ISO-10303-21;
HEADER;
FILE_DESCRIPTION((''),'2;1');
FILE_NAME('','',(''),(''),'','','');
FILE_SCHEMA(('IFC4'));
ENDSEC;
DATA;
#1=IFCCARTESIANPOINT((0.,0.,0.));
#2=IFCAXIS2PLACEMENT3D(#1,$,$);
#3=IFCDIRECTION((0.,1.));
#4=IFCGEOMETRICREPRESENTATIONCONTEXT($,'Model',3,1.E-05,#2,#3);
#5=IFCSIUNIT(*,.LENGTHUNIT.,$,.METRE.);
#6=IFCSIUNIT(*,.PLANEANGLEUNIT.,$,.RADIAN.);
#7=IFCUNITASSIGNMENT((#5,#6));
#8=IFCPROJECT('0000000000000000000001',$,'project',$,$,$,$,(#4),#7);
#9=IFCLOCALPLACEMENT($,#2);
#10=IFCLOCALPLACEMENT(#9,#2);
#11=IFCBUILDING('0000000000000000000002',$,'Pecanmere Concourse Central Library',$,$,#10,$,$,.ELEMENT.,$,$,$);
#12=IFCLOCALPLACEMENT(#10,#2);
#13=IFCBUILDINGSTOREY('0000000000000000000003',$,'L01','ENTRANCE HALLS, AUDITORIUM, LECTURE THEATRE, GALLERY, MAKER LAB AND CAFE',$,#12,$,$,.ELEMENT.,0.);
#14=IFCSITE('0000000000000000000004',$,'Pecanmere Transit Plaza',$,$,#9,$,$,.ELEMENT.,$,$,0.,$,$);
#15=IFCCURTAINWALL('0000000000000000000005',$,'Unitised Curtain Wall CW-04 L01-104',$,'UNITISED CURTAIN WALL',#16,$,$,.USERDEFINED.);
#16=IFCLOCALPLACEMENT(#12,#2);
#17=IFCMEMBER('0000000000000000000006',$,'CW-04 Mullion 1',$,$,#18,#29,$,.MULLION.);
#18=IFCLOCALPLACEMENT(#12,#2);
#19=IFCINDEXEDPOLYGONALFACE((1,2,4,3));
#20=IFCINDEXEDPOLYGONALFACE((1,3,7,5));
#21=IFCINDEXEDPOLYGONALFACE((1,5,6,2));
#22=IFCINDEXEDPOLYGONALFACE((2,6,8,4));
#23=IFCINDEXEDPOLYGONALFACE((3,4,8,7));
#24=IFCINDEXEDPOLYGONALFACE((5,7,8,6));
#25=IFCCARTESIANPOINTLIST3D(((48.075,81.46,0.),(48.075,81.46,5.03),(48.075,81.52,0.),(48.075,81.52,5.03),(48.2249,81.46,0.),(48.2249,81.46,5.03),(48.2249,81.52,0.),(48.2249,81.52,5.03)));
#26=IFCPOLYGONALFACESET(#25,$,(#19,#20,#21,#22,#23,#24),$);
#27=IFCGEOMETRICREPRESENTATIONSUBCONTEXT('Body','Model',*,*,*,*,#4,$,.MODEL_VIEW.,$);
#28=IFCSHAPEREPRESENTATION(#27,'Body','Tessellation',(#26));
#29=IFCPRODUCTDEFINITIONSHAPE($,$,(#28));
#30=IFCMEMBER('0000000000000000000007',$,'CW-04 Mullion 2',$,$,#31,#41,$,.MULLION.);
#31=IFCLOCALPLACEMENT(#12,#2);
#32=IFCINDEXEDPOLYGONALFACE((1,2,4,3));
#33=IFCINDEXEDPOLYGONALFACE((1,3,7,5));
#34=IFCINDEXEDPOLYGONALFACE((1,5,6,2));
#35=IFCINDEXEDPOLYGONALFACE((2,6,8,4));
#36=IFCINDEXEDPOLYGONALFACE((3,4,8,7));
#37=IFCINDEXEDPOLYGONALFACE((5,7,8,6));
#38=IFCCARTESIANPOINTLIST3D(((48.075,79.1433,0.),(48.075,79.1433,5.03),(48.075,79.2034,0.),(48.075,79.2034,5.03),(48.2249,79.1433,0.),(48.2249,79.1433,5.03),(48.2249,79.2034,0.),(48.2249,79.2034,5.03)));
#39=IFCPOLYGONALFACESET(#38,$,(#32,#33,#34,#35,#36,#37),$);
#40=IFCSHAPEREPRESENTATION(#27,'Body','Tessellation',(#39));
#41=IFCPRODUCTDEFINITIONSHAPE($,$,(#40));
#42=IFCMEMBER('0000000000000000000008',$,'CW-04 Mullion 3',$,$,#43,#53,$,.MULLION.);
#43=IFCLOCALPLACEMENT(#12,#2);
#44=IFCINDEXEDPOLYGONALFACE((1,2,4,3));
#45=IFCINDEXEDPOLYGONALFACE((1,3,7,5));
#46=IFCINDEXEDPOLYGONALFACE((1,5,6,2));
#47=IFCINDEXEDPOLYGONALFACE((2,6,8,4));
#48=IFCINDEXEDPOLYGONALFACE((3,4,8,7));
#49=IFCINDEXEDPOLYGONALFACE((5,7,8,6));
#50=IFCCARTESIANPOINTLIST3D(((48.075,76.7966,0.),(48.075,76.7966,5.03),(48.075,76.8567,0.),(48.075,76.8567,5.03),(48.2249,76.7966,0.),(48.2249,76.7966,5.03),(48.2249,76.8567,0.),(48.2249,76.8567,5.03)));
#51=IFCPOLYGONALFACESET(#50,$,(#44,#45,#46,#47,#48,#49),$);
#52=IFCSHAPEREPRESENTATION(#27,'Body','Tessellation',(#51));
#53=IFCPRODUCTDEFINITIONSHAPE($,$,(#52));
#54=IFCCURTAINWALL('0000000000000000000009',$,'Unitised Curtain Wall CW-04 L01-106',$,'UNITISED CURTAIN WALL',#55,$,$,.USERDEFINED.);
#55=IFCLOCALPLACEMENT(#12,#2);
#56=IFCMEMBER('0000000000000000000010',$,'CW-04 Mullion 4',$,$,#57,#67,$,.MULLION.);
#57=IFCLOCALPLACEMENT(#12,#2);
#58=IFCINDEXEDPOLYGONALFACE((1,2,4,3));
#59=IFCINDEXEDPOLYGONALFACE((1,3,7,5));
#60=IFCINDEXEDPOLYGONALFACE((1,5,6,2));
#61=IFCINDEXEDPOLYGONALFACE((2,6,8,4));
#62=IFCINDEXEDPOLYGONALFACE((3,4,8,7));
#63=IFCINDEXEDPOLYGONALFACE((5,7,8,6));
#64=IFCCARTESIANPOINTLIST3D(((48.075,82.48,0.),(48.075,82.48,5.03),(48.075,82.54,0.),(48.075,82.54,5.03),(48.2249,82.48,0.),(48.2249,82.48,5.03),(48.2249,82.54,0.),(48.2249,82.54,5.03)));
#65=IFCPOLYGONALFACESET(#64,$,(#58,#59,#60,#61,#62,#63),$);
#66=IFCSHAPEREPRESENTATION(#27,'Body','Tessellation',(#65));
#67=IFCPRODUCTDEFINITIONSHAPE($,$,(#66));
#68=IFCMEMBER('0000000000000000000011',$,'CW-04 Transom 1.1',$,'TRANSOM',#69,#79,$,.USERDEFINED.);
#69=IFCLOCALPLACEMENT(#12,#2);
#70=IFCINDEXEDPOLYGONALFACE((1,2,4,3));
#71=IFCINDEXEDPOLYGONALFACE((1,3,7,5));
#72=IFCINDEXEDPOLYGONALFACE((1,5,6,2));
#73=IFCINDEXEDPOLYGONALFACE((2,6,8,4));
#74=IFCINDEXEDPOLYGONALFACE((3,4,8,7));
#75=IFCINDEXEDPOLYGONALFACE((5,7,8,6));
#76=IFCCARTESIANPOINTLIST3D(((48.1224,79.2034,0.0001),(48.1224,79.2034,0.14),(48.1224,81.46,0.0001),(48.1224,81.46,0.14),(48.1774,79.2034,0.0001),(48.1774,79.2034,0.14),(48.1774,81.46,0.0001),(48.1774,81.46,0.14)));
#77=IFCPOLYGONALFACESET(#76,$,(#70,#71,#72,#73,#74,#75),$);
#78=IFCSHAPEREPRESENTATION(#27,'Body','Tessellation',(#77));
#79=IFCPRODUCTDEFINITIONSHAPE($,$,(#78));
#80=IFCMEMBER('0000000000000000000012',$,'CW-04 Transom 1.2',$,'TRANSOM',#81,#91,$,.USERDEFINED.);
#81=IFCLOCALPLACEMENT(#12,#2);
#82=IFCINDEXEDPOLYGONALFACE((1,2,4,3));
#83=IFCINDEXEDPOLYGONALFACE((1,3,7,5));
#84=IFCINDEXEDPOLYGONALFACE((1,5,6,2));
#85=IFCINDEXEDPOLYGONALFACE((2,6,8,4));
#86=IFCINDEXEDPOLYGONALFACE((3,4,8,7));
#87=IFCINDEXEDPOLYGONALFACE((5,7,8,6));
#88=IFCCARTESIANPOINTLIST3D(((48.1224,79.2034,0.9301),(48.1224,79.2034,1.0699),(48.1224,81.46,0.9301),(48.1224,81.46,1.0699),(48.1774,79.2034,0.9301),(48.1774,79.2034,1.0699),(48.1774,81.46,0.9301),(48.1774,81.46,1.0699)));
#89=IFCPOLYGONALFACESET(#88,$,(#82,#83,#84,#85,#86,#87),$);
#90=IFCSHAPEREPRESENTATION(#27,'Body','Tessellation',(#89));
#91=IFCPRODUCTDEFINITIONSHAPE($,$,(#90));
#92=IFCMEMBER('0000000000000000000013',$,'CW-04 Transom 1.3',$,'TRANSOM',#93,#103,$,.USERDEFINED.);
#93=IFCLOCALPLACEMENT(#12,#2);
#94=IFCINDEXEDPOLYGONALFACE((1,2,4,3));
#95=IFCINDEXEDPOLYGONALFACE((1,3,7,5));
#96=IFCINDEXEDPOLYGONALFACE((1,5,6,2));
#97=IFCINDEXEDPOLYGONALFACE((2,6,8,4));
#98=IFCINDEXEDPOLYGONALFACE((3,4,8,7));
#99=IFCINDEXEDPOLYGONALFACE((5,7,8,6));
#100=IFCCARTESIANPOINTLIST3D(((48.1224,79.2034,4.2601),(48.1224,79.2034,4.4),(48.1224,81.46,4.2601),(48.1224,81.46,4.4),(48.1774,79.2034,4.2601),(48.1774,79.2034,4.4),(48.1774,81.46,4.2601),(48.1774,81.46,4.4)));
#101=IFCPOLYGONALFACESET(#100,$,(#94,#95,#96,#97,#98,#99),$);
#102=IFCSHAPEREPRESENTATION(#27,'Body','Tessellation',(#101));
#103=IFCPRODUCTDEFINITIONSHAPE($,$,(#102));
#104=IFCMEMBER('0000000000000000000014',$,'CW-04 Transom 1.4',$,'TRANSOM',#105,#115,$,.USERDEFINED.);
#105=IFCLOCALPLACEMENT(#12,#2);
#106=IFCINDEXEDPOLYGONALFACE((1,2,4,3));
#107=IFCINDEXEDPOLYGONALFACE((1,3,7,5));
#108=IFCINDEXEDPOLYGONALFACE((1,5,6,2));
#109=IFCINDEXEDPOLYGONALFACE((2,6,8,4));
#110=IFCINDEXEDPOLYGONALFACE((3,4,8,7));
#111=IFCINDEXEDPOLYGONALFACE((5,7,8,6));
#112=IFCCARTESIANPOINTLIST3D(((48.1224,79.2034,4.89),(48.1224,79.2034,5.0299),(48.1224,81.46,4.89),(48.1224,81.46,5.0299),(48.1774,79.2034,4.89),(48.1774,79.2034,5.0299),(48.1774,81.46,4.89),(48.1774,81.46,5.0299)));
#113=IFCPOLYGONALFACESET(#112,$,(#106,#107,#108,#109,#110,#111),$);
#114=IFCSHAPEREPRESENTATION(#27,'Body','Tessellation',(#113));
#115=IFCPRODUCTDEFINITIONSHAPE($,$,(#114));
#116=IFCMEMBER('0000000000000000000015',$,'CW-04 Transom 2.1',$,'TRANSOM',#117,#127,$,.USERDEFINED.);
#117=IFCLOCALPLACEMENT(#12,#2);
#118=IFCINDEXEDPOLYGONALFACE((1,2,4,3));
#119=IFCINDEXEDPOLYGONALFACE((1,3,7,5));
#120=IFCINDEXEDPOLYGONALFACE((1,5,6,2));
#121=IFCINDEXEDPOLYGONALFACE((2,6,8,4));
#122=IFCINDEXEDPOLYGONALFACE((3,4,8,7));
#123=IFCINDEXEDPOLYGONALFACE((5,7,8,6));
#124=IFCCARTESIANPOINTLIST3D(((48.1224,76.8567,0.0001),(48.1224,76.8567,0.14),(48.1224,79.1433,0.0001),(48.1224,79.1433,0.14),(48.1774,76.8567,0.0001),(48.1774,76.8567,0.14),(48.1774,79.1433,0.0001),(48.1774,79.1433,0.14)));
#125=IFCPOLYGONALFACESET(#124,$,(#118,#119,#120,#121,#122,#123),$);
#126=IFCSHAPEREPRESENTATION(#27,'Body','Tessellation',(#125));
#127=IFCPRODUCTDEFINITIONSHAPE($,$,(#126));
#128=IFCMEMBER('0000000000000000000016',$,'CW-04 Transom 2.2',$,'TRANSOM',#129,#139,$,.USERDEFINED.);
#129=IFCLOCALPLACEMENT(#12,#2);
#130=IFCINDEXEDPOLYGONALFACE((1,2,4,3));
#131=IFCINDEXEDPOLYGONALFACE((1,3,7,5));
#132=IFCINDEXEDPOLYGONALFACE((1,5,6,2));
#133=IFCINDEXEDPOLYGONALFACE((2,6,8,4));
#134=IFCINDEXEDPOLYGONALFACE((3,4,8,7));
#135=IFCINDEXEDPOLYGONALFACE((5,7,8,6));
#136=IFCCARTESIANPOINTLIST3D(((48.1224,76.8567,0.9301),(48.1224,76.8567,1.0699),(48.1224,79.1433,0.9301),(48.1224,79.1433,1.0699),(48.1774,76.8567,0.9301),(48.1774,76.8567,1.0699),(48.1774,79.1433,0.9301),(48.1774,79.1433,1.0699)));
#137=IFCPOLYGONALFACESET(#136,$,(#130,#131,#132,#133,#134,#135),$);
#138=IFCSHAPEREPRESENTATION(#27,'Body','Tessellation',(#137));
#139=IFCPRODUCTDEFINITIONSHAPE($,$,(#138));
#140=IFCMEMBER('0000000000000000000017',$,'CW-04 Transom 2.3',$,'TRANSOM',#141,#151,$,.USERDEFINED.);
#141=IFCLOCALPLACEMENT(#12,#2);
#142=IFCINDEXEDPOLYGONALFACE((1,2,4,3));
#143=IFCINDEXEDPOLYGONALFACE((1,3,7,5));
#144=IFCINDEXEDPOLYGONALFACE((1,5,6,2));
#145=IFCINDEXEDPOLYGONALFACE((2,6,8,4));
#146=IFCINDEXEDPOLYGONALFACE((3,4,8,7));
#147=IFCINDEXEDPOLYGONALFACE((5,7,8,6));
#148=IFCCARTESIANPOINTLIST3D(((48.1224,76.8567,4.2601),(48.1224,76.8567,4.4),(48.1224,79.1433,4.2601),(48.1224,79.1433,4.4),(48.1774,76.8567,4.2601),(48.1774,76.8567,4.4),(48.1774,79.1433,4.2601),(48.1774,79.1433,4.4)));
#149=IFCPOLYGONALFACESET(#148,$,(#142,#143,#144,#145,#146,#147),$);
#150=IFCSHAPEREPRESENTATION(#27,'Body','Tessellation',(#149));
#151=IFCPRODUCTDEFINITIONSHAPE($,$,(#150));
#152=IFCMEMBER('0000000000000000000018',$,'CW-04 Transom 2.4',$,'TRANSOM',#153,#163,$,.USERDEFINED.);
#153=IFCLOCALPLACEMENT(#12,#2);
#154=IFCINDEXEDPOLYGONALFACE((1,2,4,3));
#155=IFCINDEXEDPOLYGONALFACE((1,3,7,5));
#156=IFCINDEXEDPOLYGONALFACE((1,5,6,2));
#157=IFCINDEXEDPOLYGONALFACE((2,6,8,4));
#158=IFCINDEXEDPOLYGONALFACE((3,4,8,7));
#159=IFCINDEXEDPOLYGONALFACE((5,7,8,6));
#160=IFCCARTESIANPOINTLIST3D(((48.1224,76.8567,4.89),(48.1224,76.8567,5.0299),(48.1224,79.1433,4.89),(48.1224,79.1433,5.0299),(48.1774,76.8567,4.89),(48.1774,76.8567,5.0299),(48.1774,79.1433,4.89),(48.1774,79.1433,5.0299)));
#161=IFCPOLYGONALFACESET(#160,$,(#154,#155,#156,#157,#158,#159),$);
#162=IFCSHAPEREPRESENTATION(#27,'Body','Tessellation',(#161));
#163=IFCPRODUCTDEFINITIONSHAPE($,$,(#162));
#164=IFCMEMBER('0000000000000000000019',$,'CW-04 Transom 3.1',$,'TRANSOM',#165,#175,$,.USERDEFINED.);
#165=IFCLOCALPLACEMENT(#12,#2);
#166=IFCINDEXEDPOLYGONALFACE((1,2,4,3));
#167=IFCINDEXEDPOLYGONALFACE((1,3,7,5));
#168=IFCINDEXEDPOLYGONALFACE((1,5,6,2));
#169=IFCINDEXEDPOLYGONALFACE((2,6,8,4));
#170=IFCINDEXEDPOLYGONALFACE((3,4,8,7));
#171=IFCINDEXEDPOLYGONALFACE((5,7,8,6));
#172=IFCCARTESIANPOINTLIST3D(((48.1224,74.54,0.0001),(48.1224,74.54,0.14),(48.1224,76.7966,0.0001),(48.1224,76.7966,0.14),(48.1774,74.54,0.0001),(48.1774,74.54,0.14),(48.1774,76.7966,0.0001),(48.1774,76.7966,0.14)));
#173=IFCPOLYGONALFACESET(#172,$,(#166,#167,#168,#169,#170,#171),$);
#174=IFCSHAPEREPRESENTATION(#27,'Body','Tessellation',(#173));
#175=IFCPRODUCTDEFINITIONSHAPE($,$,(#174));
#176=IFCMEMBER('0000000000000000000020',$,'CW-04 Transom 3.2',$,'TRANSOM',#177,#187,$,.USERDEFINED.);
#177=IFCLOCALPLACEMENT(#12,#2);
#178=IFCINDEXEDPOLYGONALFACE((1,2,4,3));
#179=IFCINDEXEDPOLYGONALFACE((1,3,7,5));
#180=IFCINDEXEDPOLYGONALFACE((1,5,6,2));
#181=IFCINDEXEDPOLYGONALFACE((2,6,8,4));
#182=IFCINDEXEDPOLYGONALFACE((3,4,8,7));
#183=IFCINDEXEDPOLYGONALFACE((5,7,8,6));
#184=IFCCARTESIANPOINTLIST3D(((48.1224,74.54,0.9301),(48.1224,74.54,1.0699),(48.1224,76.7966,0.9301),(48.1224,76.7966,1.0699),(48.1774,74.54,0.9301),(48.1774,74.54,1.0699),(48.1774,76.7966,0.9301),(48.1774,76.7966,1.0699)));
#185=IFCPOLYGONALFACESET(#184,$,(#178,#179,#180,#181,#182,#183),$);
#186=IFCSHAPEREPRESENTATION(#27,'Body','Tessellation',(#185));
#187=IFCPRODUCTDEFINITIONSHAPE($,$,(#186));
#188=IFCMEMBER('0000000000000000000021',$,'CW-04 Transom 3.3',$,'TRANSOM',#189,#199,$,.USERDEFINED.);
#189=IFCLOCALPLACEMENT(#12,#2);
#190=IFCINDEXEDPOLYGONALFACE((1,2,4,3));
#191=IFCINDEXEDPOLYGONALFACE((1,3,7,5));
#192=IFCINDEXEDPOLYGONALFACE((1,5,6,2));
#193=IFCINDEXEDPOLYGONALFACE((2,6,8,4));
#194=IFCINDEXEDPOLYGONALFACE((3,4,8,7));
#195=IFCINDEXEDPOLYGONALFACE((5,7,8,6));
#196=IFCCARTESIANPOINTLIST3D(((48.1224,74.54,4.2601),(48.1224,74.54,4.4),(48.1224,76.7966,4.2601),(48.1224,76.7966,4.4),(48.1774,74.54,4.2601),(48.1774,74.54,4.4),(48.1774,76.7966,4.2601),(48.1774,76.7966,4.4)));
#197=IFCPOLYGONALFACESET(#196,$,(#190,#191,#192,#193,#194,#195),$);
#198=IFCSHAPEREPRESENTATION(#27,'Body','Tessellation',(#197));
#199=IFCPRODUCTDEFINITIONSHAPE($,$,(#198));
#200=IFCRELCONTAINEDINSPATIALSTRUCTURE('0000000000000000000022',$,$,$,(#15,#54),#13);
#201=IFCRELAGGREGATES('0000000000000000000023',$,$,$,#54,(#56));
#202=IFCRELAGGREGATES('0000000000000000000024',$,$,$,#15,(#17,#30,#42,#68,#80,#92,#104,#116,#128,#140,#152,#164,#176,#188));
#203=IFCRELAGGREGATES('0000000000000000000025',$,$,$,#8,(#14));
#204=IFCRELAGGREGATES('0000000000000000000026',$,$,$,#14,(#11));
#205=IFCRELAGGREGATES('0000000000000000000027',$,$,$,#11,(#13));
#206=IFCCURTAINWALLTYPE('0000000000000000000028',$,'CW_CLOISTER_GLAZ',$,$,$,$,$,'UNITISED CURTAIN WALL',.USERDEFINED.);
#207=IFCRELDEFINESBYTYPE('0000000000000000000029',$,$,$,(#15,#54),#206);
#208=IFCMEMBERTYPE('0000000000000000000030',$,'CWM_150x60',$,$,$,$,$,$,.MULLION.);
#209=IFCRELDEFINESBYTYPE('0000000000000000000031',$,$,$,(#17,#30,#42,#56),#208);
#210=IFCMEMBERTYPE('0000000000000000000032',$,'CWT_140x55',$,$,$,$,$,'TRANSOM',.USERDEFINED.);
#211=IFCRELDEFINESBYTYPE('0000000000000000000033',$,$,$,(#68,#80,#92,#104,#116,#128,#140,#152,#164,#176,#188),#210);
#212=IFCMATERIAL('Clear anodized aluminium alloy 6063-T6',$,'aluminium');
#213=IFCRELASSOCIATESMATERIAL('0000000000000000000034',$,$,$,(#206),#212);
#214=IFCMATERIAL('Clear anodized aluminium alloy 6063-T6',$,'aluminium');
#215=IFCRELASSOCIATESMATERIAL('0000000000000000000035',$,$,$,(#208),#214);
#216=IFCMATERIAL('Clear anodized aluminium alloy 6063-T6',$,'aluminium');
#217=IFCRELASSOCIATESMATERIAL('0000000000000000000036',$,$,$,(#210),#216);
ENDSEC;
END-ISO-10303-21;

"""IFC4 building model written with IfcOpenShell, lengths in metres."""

from ifc_helpers import new_model, si_unit, direction, frame, origin, origin_2d, place, context, subcontext, project, spatial, rectangle, extrude, material, material_profile, profile_set, type_object, element, aggregate, save


model = new_model("IFC4")

# Units and contexts
model_context = context("Model", 3, precision=1e-05, world=origin(), true_north=direction((0.0, 1.0)))
body_context = subcontext(model_context, "Body", "Model", "MODEL_VIEW")
ifc_project = project(units=[si_unit("LENGTHUNIT", "METRE"), si_unit("PLANEANGLEUNIT", "RADIAN")], contexts=[model_context])

# Site, building, storey
site_placement = place(None, origin())
site = spatial("IfcSite", under=ifc_project, at=site_placement, Name="Pecanmere Transit Plaza", CompositionType="ELEMENT", RefElevation=0.0)
building_placement = place(site_placement, origin())
building = spatial("IfcBuilding", under=site, at=building_placement, Name="Pecanmere Concourse Central Library", CompositionType="ELEMENT")
storey_placement = place(building_placement, origin())
storey = spatial("IfcBuildingStorey", under=building, at=storey_placement, Name="L01", Description="ENTRANCE HALLS, AUDITORIUM, LECTURE THEATRE, GALLERY, MAKER LAB AND CAFE", CompositionType="ELEMENT", Elevation=0.0)

# Curtain wall, members
ifc_material_1 = material(Name="Clear anodized aluminium alloy 6063-T6", Category="aluminium")
curtain_wall_type = type_object("IfcCurtainWallType", Name="CW_CLOISTER_GLAZ", ElementType="UNITISED CURTAIN WALL", PredefinedType="USERDEFINED", material=ifc_material_1)
curtain_wall_1_placement = place(storey_placement, origin())
curtain_wall_1 = element("IfcCurtainWall", 1, at=curtain_wall_1_placement, inside=storey, type_object=curtain_wall_type, Name="Unitised Curtain Wall CW-04 L01-104", ObjectType="UNITISED CURTAIN WALL", PredefinedType="USERDEFINED")
ifc_material_2 = material(Name="Clear anodized aluminium alloy 6063-T6", Category="aluminium")
ifc_material_profile_1 = material_profile(ifc_material_2, rectangle(XDim=0.0601, YDim=0.1499, at=origin_2d()), Name="AL 60x150")
ifc_profile_set_1 = profile_set([ifc_material_profile_1], Name="Clear anodized aluminium alloy 6063-T6")
member_type_1 = type_object("IfcMemberType", Name="CWM_150x60", PredefinedType="MULLION", material=ifc_profile_set_1)
member_1_placement = place(storey_placement, frame((48.1499, 81.49, 0.0), z_axis=(0.0, 0.0, 1.0), x_axis=(0.0, -1.0, 0.0)))
member_1 = element("IfcMember", 2, at=member_1_placement, type_object=member_type_1, Name="CW-04 Mullion 1", PredefinedType="MULLION", context=body_context, shape_type="SweptSolid", body=[
    extrude(rectangle(XDim=0.0601, YDim=0.1499, at=origin_2d()), origin(), (0.0, 0.0, 1.0), 5.03),
])
member_2_placement = place(storey_placement, frame((48.1499, 79.1733, 0.0), z_axis=(0.0, 0.0, 1.0), x_axis=(0.0, -1.0, 0.0)))
member_2 = element("IfcMember", 3, at=member_2_placement, type_object=member_type_1, Name="CW-04 Mullion 2", PredefinedType="MULLION", context=body_context, shape_type="SweptSolid", body=[
    extrude(rectangle(XDim=0.0601, YDim=0.1499, at=origin_2d()), origin(), (0.0, 0.0, 1.0), 5.03),
])
member_3_placement = place(storey_placement, frame((48.1499, 76.8267, 0.0), z_axis=(0.0, 0.0, 1.0), x_axis=(0.0, -1.0, 0.0)))
member_3 = element("IfcMember", 4, at=member_3_placement, type_object=member_type_1, Name="CW-04 Mullion 3", PredefinedType="MULLION", context=body_context, shape_type="SweptSolid", body=[
    extrude(rectangle(XDim=0.0601, YDim=0.1499, at=origin_2d()), origin(), (0.0, 0.0, 1.0), 5.03),
])

# Curtain wall, member
curtain_wall_2_placement = place(storey_placement, origin())
curtain_wall_2 = element("IfcCurtainWall", 5, at=curtain_wall_2_placement, inside=storey, type_object=curtain_wall_type, Name="Unitised Curtain Wall CW-04 L01-106", ObjectType="UNITISED CURTAIN WALL", PredefinedType="USERDEFINED")
member_4_placement = place(storey_placement, frame((48.1499, 82.51, 0.0), z_axis=(0.0, 0.0, 1.0), x_axis=(0.0, -1.0, 0.0)))
member_4 = element("IfcMember", 6, at=member_4_placement, type_object=member_type_1, Name="CW-04 Mullion 4", PredefinedType="MULLION", context=body_context, shape_type="SweptSolid", body=[
    extrude(rectangle(XDim=0.0601, YDim=0.1499, at=origin_2d()), origin(), (0.0, 0.0, 1.0), 5.03),
])

# Members
ifc_material_3 = material(Name="Clear anodized aluminium alloy 6063-T6", Category="aluminium")
ifc_material_profile_2 = material_profile(ifc_material_3, rectangle(XDim=0.0549, YDim=0.1399, at=origin_2d()), Name="AL 55x140")
ifc_profile_set_2 = profile_set([ifc_material_profile_2], Name="Clear anodized aluminium alloy 6063-T6")
member_type_2 = type_object("IfcMemberType", Name="CWT_140x55", ElementType="TRANSOM", PredefinedType="USERDEFINED", material=ifc_profile_set_2)
member_5_placement = place(storey_placement, frame((48.1499, 81.46, 0.0701), z_axis=(0.0, -1.0, 0.0), x_axis=(1.0, 0.0, 0.0)))
member_5 = element("IfcMember", 7, at=member_5_placement, type_object=member_type_2, Name="CW-04 Transom 1.1", ObjectType="TRANSOM", PredefinedType="USERDEFINED", context=body_context, shape_type="SweptSolid", body=[
    extrude(rectangle(XDim=0.0549, YDim=0.1399, at=origin_2d()), origin(), (0.0, 0.0, 1.0), 2.2566),
])
member_6_placement = place(storey_placement, frame((48.1499, 81.46, 1.0), z_axis=(0.0, -1.0, 0.0), x_axis=(1.0, 0.0, 0.0)))
member_6 = element("IfcMember", 8, at=member_6_placement, type_object=member_type_2, Name="CW-04 Transom 1.2", ObjectType="TRANSOM", PredefinedType="USERDEFINED", context=body_context, shape_type="SweptSolid", body=[
    extrude(rectangle(XDim=0.0549, YDim=0.1399, at=origin_2d()), origin(), (0.0, 0.0, 1.0), 2.2566),
])
member_7_placement = place(storey_placement, frame((48.1499, 81.46, 4.3301), z_axis=(0.0, -1.0, 0.0), x_axis=(1.0, 0.0, 0.0)))
member_7 = element("IfcMember", 9, at=member_7_placement, type_object=member_type_2, Name="CW-04 Transom 1.3", ObjectType="TRANSOM", PredefinedType="USERDEFINED", context=body_context, shape_type="SweptSolid", body=[
    extrude(rectangle(XDim=0.0549, YDim=0.1399, at=origin_2d()), origin(), (0.0, 0.0, 1.0), 2.2566),
])
member_8_placement = place(storey_placement, frame((48.1499, 81.46, 4.96), z_axis=(0.0, -1.0, 0.0), x_axis=(1.0, 0.0, 0.0)))
member_8 = element("IfcMember", 10, at=member_8_placement, type_object=member_type_2, Name="CW-04 Transom 1.4", ObjectType="TRANSOM", PredefinedType="USERDEFINED", context=body_context, shape_type="SweptSolid", body=[
    extrude(rectangle(XDim=0.0549, YDim=0.1399, at=origin_2d()), origin(), (0.0, 0.0, 1.0), 2.2566),
])
member_9_placement = place(storey_placement, frame((48.1499, 79.1433, 0.0701), z_axis=(0.0, -1.0, 0.0), x_axis=(1.0, 0.0, 0.0)))
member_9 = element("IfcMember", 11, at=member_9_placement, type_object=member_type_2, Name="CW-04 Transom 2.1", ObjectType="TRANSOM", PredefinedType="USERDEFINED", context=body_context, shape_type="SweptSolid", body=[
    extrude(rectangle(XDim=0.0549, YDim=0.1399, at=origin_2d()), origin(), (0.0, 0.0, 1.0), 2.2866),
])
member_10_placement = place(storey_placement, frame((48.1499, 79.1433, 1.0), z_axis=(0.0, -1.0, 0.0), x_axis=(1.0, 0.0, 0.0)))
member_10 = element("IfcMember", 12, at=member_10_placement, type_object=member_type_2, Name="CW-04 Transom 2.2", ObjectType="TRANSOM", PredefinedType="USERDEFINED", context=body_context, shape_type="SweptSolid", body=[
    extrude(rectangle(XDim=0.0549, YDim=0.1399, at=origin_2d()), origin(), (0.0, 0.0, 1.0), 2.2866),
])
member_11_placement = place(storey_placement, frame((48.1499, 79.1433, 4.3301), z_axis=(0.0, -1.0, 0.0), x_axis=(1.0, 0.0, 0.0)))
member_11 = element("IfcMember", 13, at=member_11_placement, type_object=member_type_2, Name="CW-04 Transom 2.3", ObjectType="TRANSOM", PredefinedType="USERDEFINED", context=body_context, shape_type="SweptSolid", body=[
    extrude(rectangle(XDim=0.0549, YDim=0.1399, at=origin_2d()), origin(), (0.0, 0.0, 1.0), 2.2866),
])
member_12_placement = place(storey_placement, frame((48.1499, 79.1433, 4.96), z_axis=(0.0, -1.0, 0.0), x_axis=(1.0, 0.0, 0.0)))
member_12 = element("IfcMember", 14, at=member_12_placement, type_object=member_type_2, Name="CW-04 Transom 2.4", ObjectType="TRANSOM", PredefinedType="USERDEFINED", context=body_context, shape_type="SweptSolid", body=[
    extrude(rectangle(XDim=0.0549, YDim=0.1399, at=origin_2d()), origin(), (0.0, 0.0, 1.0), 2.2866),
])
member_13_placement = place(storey_placement, frame((48.1499, 76.7966, 0.0701), z_axis=(0.0, -1.0, 0.0), x_axis=(1.0, 0.0, 0.0)))
member_13 = element("IfcMember", 15, at=member_13_placement, type_object=member_type_2, Name="CW-04 Transom 3.1", ObjectType="TRANSOM", PredefinedType="USERDEFINED", context=body_context, shape_type="SweptSolid", body=[
    extrude(rectangle(XDim=0.0549, YDim=0.1399, at=origin_2d()), origin(), (0.0, 0.0, 1.0), 2.2566),
])
member_14_placement = place(storey_placement, frame((48.1499, 76.7966, 1.0), z_axis=(0.0, -1.0, 0.0), x_axis=(1.0, 0.0, 0.0)))
member_14 = element("IfcMember", 16, at=member_14_placement, type_object=member_type_2, Name="CW-04 Transom 3.2", ObjectType="TRANSOM", PredefinedType="USERDEFINED", context=body_context, shape_type="SweptSolid", body=[
    extrude(rectangle(XDim=0.0549, YDim=0.1399, at=origin_2d()), origin(), (0.0, 0.0, 1.0), 2.2566),
])
member_15_placement = place(storey_placement, frame((48.1499, 76.7966, 4.3301), z_axis=(0.0, -1.0, 0.0), x_axis=(1.0, 0.0, 0.0)))
member_15 = element("IfcMember", 17, at=member_15_placement, type_object=member_type_2, Name="CW-04 Transom 3.3", ObjectType="TRANSOM", PredefinedType="USERDEFINED", context=body_context, shape_type="SweptSolid", body=[
    extrude(rectangle(XDim=0.0549, YDim=0.1399, at=origin_2d()), origin(), (0.0, 0.0, 1.0), 2.2566),
])

aggregate(curtain_wall_2, [member_4])
aggregate(curtain_wall_1, [member_1, member_2, member_3, member_5, member_6, member_7, member_8, member_9, member_10, member_11, member_12, member_13, member_14, member_15])

save(model, "model.ifc")
